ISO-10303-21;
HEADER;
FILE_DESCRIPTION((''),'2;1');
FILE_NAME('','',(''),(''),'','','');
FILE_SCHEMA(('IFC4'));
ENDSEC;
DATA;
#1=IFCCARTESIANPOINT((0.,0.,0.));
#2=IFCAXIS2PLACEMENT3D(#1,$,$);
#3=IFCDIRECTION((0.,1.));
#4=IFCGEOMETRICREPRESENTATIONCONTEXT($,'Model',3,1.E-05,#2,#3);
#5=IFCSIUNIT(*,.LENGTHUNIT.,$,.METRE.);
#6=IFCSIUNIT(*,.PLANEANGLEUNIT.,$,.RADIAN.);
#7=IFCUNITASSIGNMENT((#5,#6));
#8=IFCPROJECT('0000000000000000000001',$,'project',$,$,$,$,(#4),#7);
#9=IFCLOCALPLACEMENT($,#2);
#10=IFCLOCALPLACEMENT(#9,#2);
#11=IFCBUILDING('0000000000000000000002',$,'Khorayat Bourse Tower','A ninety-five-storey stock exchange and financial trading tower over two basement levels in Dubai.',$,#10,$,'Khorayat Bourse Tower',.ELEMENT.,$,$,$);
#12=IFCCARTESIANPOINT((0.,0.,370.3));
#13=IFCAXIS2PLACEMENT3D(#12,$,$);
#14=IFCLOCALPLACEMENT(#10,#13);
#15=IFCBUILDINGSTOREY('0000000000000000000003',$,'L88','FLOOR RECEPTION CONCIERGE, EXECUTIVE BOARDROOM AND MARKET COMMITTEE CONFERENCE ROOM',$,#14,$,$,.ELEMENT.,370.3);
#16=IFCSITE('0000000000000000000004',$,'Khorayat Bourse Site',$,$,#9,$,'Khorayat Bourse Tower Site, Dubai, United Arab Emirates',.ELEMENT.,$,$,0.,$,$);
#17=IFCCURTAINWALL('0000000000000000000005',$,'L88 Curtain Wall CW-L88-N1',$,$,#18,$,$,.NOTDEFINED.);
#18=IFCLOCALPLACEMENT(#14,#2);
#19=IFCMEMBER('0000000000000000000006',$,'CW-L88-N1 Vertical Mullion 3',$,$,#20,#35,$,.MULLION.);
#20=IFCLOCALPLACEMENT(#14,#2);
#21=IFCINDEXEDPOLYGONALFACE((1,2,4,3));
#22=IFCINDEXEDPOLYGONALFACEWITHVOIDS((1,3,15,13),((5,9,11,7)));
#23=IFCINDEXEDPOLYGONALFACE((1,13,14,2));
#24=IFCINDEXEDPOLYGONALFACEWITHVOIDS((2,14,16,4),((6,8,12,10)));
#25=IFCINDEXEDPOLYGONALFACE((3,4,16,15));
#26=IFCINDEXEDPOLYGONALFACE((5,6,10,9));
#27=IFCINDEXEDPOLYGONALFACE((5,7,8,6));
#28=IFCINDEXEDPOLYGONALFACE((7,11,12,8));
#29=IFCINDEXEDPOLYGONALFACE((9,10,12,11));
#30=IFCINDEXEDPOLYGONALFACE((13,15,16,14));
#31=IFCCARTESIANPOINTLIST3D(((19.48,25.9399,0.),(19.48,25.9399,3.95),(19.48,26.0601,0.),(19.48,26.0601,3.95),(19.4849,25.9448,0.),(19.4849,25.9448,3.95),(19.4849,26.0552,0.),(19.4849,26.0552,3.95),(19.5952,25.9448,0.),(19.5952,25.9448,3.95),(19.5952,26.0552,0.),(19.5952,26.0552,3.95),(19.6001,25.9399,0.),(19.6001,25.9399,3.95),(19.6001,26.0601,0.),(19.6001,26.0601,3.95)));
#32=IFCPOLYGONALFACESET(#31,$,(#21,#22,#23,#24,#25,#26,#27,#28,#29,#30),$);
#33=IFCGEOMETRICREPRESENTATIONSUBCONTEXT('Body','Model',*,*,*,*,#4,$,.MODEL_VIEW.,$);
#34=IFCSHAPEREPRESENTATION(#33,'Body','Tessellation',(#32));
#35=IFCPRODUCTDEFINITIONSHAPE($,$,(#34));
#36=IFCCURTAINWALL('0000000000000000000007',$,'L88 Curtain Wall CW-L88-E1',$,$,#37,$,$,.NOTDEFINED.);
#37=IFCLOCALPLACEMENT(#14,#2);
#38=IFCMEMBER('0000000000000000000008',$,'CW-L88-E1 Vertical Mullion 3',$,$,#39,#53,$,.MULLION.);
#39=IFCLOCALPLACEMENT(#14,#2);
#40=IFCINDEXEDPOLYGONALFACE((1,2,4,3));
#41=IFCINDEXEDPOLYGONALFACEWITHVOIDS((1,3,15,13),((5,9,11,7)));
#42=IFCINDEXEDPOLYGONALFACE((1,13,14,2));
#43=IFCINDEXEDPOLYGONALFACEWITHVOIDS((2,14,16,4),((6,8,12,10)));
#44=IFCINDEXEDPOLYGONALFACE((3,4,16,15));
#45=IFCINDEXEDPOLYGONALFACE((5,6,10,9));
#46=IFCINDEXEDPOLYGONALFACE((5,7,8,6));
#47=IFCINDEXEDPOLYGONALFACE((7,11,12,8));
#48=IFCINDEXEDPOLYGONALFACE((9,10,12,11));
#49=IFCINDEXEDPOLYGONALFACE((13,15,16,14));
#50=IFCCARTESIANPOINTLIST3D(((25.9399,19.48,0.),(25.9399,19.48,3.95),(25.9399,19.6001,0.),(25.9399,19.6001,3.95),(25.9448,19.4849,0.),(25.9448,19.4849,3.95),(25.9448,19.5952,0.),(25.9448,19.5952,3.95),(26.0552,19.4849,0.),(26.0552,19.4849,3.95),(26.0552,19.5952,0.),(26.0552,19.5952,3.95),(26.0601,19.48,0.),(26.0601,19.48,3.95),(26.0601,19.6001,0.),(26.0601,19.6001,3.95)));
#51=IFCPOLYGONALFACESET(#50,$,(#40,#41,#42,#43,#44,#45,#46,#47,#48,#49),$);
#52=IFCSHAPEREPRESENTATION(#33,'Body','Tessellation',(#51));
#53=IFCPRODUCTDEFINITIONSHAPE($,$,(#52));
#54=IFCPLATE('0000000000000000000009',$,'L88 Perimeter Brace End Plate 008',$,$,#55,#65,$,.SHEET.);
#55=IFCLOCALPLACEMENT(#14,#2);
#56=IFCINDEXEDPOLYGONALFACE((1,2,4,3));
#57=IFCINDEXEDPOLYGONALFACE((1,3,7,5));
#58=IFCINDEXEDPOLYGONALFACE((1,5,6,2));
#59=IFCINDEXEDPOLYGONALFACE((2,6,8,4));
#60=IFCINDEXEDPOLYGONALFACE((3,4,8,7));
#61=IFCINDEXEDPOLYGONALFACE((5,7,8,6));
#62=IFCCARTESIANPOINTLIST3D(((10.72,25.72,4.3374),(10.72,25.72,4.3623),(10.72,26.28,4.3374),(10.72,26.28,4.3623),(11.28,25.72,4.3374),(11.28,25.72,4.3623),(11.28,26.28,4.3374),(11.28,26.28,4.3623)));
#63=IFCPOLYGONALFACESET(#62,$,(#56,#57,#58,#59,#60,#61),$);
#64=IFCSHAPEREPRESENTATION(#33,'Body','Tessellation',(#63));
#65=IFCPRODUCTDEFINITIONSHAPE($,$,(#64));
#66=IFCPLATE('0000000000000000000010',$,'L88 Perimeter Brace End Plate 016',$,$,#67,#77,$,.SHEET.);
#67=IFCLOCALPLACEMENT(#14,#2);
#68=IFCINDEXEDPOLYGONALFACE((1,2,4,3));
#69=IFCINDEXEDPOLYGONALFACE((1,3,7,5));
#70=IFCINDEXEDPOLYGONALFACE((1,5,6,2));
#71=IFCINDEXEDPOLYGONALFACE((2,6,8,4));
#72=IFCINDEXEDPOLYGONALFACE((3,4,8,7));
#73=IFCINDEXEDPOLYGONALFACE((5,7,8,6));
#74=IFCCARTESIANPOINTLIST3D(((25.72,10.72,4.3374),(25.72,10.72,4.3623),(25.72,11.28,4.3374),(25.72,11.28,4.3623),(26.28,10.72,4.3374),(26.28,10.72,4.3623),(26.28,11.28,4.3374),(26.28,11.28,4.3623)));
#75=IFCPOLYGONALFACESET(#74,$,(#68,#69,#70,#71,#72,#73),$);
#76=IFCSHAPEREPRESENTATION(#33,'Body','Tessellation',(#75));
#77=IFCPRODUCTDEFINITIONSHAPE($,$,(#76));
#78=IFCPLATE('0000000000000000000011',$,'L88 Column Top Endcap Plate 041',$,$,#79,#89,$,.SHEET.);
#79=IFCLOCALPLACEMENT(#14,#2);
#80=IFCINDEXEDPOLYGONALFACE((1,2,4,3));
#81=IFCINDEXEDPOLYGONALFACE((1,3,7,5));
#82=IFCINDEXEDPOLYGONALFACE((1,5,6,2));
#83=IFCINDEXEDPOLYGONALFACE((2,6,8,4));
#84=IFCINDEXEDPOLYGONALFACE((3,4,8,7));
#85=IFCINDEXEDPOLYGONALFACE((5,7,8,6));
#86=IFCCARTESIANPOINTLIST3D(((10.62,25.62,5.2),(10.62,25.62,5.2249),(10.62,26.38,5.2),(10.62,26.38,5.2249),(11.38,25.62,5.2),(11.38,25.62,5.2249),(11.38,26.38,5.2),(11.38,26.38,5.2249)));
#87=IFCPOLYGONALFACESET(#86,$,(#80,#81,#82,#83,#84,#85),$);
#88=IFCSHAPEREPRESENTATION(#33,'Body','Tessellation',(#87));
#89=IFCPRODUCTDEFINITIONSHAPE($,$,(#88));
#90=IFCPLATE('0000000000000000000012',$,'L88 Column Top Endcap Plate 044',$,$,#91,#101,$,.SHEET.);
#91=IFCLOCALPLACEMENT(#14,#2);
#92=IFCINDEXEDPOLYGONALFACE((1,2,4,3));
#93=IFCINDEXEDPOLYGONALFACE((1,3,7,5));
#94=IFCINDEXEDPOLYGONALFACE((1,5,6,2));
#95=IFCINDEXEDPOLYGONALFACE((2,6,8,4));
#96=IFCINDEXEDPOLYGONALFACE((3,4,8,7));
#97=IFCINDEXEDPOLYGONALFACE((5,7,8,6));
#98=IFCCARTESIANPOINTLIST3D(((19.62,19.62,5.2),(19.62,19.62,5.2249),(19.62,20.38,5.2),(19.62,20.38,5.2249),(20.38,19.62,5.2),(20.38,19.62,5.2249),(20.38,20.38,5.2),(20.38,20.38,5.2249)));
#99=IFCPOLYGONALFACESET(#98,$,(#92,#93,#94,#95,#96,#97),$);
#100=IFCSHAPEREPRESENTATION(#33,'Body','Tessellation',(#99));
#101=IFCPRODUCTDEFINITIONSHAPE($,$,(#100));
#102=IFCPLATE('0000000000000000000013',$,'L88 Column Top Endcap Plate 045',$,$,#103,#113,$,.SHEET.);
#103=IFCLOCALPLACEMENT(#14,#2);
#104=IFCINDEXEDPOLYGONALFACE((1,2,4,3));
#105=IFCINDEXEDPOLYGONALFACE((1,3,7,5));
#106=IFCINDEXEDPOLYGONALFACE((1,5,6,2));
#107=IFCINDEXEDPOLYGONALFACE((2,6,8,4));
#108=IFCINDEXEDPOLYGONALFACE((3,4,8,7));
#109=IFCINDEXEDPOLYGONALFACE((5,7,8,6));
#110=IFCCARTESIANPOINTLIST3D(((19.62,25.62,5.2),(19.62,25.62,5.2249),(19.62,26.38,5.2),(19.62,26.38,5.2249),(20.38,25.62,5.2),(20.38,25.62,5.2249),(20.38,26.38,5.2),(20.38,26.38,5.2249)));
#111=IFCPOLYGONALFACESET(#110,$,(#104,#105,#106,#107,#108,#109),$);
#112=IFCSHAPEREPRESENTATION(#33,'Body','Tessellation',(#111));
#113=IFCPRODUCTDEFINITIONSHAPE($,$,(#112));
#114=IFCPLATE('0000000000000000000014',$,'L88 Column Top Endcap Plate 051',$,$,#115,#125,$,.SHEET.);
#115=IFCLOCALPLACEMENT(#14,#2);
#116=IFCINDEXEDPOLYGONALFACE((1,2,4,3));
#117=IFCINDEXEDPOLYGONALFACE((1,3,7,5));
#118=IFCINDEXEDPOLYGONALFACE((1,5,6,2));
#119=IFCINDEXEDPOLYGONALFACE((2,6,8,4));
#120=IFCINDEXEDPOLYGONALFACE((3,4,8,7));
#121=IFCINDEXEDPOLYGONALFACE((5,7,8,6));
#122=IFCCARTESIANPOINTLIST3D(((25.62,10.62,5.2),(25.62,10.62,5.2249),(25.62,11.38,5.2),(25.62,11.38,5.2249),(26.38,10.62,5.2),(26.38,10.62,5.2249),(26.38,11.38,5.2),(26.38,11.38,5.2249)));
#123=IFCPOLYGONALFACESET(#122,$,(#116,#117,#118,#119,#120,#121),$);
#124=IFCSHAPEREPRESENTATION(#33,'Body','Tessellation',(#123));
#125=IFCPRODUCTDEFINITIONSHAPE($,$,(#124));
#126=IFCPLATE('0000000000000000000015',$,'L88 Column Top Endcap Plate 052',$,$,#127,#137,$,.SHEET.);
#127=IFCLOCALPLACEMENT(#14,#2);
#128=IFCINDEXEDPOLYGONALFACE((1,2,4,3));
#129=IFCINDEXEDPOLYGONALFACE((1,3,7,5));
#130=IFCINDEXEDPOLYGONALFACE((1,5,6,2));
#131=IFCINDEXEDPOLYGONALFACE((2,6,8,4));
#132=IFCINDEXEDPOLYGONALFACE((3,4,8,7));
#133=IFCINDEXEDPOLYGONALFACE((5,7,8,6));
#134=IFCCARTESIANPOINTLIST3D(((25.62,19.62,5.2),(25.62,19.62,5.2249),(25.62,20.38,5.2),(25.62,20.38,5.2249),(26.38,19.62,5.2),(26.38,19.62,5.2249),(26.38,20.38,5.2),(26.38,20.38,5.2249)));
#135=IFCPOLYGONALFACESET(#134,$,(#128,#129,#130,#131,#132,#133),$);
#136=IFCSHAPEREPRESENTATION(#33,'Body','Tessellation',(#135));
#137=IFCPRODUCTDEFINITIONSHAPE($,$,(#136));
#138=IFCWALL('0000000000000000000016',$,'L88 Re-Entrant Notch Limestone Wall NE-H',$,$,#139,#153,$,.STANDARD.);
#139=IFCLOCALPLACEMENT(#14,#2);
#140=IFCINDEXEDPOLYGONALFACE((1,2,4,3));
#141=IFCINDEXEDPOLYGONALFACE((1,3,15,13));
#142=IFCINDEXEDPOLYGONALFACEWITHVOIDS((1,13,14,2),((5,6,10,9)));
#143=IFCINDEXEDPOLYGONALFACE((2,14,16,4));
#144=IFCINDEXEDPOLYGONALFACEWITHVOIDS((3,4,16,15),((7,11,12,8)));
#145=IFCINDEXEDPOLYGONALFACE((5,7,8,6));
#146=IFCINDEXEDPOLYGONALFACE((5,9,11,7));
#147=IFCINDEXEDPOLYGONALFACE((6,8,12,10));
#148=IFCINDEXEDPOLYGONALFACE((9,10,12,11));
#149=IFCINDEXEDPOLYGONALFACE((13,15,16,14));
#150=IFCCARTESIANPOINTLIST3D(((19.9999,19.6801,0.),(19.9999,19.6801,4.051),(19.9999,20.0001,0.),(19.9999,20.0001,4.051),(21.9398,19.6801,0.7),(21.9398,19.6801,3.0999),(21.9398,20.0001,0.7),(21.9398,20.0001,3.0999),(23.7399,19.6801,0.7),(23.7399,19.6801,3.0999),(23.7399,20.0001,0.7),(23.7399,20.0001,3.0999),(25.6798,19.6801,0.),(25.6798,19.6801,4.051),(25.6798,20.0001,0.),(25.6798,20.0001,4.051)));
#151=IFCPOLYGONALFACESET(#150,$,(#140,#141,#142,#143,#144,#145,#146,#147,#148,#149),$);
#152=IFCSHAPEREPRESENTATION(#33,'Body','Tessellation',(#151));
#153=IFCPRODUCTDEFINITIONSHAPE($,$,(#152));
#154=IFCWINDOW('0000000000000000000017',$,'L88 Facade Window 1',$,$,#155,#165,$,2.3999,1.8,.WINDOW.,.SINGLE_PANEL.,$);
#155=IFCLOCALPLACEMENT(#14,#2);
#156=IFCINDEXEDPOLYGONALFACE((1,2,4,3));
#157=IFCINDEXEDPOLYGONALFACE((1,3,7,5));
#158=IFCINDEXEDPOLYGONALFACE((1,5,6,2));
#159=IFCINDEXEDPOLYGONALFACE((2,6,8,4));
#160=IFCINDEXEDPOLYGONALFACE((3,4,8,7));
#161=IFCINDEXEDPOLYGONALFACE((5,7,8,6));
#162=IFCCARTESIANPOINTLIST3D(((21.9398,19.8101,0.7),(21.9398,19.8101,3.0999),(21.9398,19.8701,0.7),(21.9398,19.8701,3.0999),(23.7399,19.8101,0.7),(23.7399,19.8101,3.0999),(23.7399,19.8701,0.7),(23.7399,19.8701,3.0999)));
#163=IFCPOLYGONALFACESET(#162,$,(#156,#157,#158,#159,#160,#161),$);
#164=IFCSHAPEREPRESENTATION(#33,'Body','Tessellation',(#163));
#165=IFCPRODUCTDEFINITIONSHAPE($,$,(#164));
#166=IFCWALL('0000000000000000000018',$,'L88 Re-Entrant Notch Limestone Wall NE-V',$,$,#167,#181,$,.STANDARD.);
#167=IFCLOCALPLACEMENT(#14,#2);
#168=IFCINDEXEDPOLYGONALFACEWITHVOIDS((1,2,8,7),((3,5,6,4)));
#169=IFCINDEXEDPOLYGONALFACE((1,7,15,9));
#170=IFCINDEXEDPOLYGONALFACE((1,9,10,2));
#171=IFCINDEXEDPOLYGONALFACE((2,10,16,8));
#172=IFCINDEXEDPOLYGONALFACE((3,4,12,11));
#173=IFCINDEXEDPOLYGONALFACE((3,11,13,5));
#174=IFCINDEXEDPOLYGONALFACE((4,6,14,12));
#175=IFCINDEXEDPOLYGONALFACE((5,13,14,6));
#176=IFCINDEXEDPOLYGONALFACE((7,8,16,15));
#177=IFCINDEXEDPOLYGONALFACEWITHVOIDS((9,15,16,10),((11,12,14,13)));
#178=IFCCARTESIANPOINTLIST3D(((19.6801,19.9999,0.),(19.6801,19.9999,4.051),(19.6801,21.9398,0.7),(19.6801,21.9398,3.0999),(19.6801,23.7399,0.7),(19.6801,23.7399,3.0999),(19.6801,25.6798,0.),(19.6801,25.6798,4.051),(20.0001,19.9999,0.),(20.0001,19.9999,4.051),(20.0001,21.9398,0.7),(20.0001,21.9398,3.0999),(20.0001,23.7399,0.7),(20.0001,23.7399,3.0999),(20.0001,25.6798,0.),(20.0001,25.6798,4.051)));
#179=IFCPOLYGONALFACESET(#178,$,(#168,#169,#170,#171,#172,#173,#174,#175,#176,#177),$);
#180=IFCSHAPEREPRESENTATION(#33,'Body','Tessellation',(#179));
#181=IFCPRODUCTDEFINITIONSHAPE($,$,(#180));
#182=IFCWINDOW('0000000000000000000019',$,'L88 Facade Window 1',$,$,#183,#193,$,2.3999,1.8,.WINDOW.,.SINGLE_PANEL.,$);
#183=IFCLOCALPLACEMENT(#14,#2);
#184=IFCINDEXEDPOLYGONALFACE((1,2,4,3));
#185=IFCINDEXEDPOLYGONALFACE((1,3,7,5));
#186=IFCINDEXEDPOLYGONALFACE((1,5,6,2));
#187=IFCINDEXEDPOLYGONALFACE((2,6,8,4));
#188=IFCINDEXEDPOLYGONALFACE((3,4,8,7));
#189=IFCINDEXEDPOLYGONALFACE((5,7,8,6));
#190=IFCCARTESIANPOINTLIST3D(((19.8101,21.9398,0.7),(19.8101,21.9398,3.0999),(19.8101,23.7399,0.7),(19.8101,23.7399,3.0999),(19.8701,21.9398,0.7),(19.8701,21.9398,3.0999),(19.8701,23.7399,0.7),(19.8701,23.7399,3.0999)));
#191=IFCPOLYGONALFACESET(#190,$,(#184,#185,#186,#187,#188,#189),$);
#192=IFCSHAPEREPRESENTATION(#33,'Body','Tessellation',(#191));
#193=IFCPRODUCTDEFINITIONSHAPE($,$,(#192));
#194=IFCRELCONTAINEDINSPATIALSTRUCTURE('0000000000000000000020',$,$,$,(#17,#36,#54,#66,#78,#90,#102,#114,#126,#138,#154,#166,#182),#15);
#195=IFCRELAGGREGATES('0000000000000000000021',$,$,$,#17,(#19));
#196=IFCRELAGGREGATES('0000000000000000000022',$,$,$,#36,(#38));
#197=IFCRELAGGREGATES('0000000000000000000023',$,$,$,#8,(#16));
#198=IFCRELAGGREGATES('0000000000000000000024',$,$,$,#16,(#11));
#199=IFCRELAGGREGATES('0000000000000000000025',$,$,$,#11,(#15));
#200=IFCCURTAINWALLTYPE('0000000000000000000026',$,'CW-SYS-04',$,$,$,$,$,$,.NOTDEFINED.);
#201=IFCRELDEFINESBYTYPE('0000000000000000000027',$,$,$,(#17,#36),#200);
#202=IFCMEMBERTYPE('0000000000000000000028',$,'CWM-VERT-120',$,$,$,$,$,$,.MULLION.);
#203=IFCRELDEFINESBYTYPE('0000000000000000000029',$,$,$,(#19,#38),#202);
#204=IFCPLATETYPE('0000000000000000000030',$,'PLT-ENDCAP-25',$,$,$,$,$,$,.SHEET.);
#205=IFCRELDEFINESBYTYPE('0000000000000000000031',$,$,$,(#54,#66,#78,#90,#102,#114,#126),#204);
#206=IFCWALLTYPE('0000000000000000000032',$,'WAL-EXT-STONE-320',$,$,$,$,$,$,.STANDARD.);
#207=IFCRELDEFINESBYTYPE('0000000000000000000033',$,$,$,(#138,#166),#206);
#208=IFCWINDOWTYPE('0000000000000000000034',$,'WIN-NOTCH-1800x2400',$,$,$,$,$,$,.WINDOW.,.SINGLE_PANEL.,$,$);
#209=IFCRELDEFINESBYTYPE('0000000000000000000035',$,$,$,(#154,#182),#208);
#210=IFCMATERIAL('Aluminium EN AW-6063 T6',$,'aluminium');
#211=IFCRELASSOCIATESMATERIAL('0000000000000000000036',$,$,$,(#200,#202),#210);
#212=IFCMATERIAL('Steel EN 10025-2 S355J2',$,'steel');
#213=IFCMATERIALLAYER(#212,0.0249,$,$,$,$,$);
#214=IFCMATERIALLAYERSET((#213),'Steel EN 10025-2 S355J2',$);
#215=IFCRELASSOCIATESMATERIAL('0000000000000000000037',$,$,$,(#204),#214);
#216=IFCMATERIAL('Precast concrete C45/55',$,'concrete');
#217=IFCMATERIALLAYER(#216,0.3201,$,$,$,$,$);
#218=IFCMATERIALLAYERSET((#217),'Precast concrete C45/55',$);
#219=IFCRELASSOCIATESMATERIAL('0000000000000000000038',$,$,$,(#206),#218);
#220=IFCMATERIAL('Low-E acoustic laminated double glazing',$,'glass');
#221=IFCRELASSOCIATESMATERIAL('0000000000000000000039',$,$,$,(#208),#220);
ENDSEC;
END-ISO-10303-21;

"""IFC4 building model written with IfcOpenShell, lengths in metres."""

from ifc_helpers import new_model, si_unit, direction, frame, frame_2d, origin, origin_2d, place, context, subcontext, project, spatial, rectangle, hollow_rectangle, extrude, source, transform, mapped, material, layer, layer_set, material_profile, profile_set, type_object, element, fill, aggregate, save


model = new_model("IFC4")

# Units and contexts
model_context = context("Model", 3, precision=1e-05, world=origin(), true_north=direction((0.0, 1.0)))
body_context = subcontext(model_context, "Body", "Model", "MODEL_VIEW")
ifc_project = project(units=[si_unit("LENGTHUNIT", "METRE"), si_unit("PLANEANGLEUNIT", "RADIAN")], contexts=[model_context])

# Site, building, storey
site_placement = place(None, origin())
site = spatial("IfcSite", under=ifc_project, at=site_placement, Name="Khorayat Bourse Site", LongName="Khorayat Bourse Tower Site, Dubai, United Arab Emirates", CompositionType="ELEMENT", RefElevation=0.0)
building_placement = place(site_placement, origin())
building = spatial("IfcBuilding", under=site, at=building_placement, Name="Khorayat Bourse Tower", Description="A ninety-five-storey stock exchange and financial trading tower over two basement levels in Dubai.", LongName="Khorayat Bourse Tower", CompositionType="ELEMENT")
storey_placement = place(building_placement, frame((0.0, 0.0, 370.3)))
storey = spatial("IfcBuildingStorey", under=building, at=storey_placement, Name="L88", Description="FLOOR RECEPTION CONCIERGE, EXECUTIVE BOARDROOM AND MARKET COMMITTEE CONFERENCE ROOM", CompositionType="ELEMENT", Elevation=370.3)

# Shared definitions
ifc_material_1 = material(Name="Steel EN 10025-2 S355J2", Category="steel")

# Curtain walls, members
ifc_material_2 = material(Name="Aluminium EN AW-6063 T6", Category="aluminium")
curtain_wall_type = type_object("IfcCurtainWallType", Name="CW-SYS-04", PredefinedType="NOTDEFINED", material=ifc_material_2)
curtain_wall_1_placement = place(storey_placement, origin())
curtain_wall_1 = element("IfcCurtainWall", 1, at=curtain_wall_1_placement, inside=storey, type_object=curtain_wall_type, Name="L88 Curtain Wall CW-L88-N1", PredefinedType="NOTDEFINED")
ifc_material_profile_1 = material_profile(ifc_material_2, hollow_rectangle(XDim=0.1201, YDim=0.1201, WallThickness=0.0049, at=origin_2d()), Name="ALU 120x120x5")
ifc_profile_set_1 = profile_set([ifc_material_profile_1], Name="Aluminium EN AW-6063 T6")
member_type = type_object("IfcMemberType", Name="CWM-VERT-120", PredefinedType="MULLION", material=ifc_profile_set_1)
shared_shape_1 = source(origin(), body_context, "Body", "SweptSolid", [
    extrude(hollow_rectangle(XDim=0.1201, YDim=0.1201, WallThickness=0.0049, at=origin_2d()), origin(), (0.0, 0.0, 1.0), 3.95),
])
member_1_placement = place(storey_placement, frame((19.54, 26.0, 0.0), z_axis=(0.0, 0.0, 1.0), x_axis=(0.0, 1.0, 0.0)))
member_1 = element("IfcMember", 2, at=member_1_placement, type_object=member_type, Name="CW-L88-N1 Vertical Mullion 3", PredefinedType="MULLION", context=body_context, shape_type="MappedRepresentation", body=[
    mapped(shared_shape_1, transform((0.0, 0.0, 0.0), scale=1.0)),
])
aggregate(curtain_wall_1, [member_1])
curtain_wall_2_placement = place(storey_placement, origin())
curtain_wall_2 = element("IfcCurtainWall", 3, at=curtain_wall_2_placement, inside=storey, type_object=curtain_wall_type, Name="L88 Curtain Wall CW-L88-E1", PredefinedType="NOTDEFINED")
member_2_placement = place(storey_placement, frame((26.0, 19.54, 0.0), z_axis=(0.0, 0.0, 1.0), x_axis=(-1.0, 0.0, 0.0)))
member_2 = element("IfcMember", 4, at=member_2_placement, type_object=member_type, Name="CW-L88-E1 Vertical Mullion 3", PredefinedType="MULLION", context=body_context, shape_type="MappedRepresentation", body=[
    mapped(shared_shape_1, transform((0.0, 0.0, 0.0), scale=1.0)),
])
aggregate(curtain_wall_2, [member_2])

# Plates
ifc_layer_1 = layer(ifc_material_1, 0.0249)
ifc_layer_set_1 = layer_set([ifc_layer_1], Name="Steel EN 10025-2 S355J2")
plate_type = type_object("IfcPlateType", Name="PLT-ENDCAP-25", PredefinedType="SHEET", material=ifc_layer_set_1)
shared_shape_2 = source(origin(), body_context, "Body", "SweptSolid", [
    extrude(rectangle(XDim=0.5601, YDim=0.5601, at=origin_2d()), origin(), (0.0, 0.0, 1.0), 0.0249),
])
for number, where, z_axis, x_axis, name in (
    (5, (11.0, 26.0, 4.3374), (0.0, 0.0, 1.0), (1.0, 0.0, 0.0), "L88 Perimeter Brace End Plate 008"),
    (6, (26.0, 11.0, 4.3374), (0.0, 0.0, 1.0), (1.0, 0.0, 0.0), "L88 Perimeter Brace End Plate 016"),
):
    element("IfcPlate", number, at=place(storey_placement, frame(where, z_axis=z_axis, x_axis=x_axis)), inside=storey, type_object=plate_type, Name=name, PredefinedType="SHEET", context=body_context, shape_type="MappedRepresentation", body=[
        mapped(shared_shape_2, transform((0.0, 0.0, 0.0), scale=1.0)),
    ])
shared_shape_3 = source(origin(), body_context, "Body", "SweptSolid", [
    extrude(rectangle(XDim=0.76, YDim=0.76, at=origin_2d()), origin(), (0.0, 0.0, 1.0), 0.0249),
])
for number, where, z_axis, x_axis, name in (
    (7, (11.0, 26.0, 5.2), (0.0, 0.0, 1.0), (1.0, 0.0, 0.0), "L88 Column Top Endcap Plate 041"),
    (8, (20.0, 20.0, 5.2), (0.0, 0.0, 1.0), (1.0, 0.0, 0.0), "L88 Column Top Endcap Plate 044"),
    (9, (20.0, 26.0, 5.2), (0.0, 0.0, 1.0), (1.0, 0.0, 0.0), "L88 Column Top Endcap Plate 045"),
    (10, (26.0, 11.0, 5.2), (0.0, 0.0, 1.0), (1.0, 0.0, 0.0), "L88 Column Top Endcap Plate 051"),
    (11, (26.0, 20.0, 5.2), (0.0, 0.0, 1.0), (1.0, 0.0, 0.0), "L88 Column Top Endcap Plate 052"),
):
    element("IfcPlate", number, at=place(storey_placement, frame(where, z_axis=z_axis, x_axis=x_axis)), inside=storey, type_object=plate_type, Name=name, PredefinedType="SHEET", context=body_context, shape_type="MappedRepresentation", body=[
        mapped(shared_shape_3, transform((0.0, 0.0, 0.0), scale=1.0)),
    ])

# Walls, openings, windows
ifc_material_3 = material(Name="Precast concrete C45/55", Category="concrete")
ifc_layer_2 = layer(ifc_material_3, 0.3201)
ifc_layer_set_2 = layer_set([ifc_layer_2], Name="Precast concrete C45/55")
wall_type_1 = type_object("IfcWallType", Name="WAL-EXT-STONE-320", PredefinedType="STANDARD", material=ifc_layer_set_2)
shared_shape_4 = source(origin(), body_context, "Body", "SweptSolid", [
    extrude(rectangle(XDim=5.6799, YDim=0.3201, at=frame_2d((2.8398, 0.0))), origin(), (0.0, 0.0, 1.0), 4.051),
])
wall_1_placement = place(storey_placement, frame((20.0, 19.8401, 0.0), z_axis=(0.0, 0.0, 1.0), x_axis=(1.0, 0.0, 0.0)))
wall_1 = element("IfcWall", 12, at=wall_1_placement, inside=storey, type_object=wall_type_1, Name="L88 Re-Entrant Notch Limestone Wall NE-H", PredefinedType="STANDARD", context=body_context, shape_type="MappedRepresentation", body=[
    mapped(shared_shape_4, transform((0.0, 0.0, 0.0), scale=1.0)),
])
shared_shape_5 = source(origin(), body_context, "Body", "SweptSolid", [
    extrude(rectangle(XDim=1.8, YDim=2.3999, at=frame_2d((0.8999, 1.2))), frame((0.0, 0.1699, 0.0), z_axis=(0.0, -1.0, 0.0), x_axis=(1.0, 0.0, 0.0)), (0.0, 0.0, 1.0), 0.3401),
])
opening_1_placement = place(wall_1_placement, frame((1.9399, 0.0, 0.7)))
opening_1 = element("IfcOpeningElement", 13, at=opening_1_placement, cuts=wall_1, PredefinedType="OPENING", context=body_context, shape_type="MappedRepresentation", body=[
    mapped(shared_shape_5, transform((0.0, 0.0, 0.0), scale=1.0)),
])
ifc_material_4 = material(Name="Low-E acoustic laminated double glazing", Category="glass")
window_type = type_object("IfcWindowType", Name="WIN-NOTCH-1800x2400", PartitioningType="SINGLE_PANEL", PredefinedType="WINDOW", material=ifc_material_4)
shared_shape_6 = source(origin(), body_context, "Body", "SweptSolid", [
    extrude(rectangle(XDim=1.8, YDim=2.3999, at=frame_2d((0.8999, 1.2))), frame((0.0, 0.03, 0.0), z_axis=(0.0, -1.0, 0.0), x_axis=(1.0, 0.0, 0.0)), (0.0, 0.0, 1.0), 0.0601),
])
window_1_placement = place(opening_1_placement, origin())
window_1 = element("IfcWindow", 14, at=window_1_placement, inside=storey, type_object=window_type, Name="L88 Facade Window 1", OverallHeight=2.3999, OverallWidth=1.8, PartitioningType="SINGLE_PANEL", PredefinedType="WINDOW", context=body_context, shape_type="MappedRepresentation", body=[
    mapped(shared_shape_6, transform((0.0, 0.0, 0.0), scale=1.0)),
])
fill(opening_1, window_1)
wall_2_placement = place(storey_placement, frame((19.8401, 20.0, 0.0), z_axis=(0.0, 0.0, 1.0), x_axis=(0.0, 1.0, 0.0)))
wall_2 = element("IfcWall", 15, at=wall_2_placement, inside=storey, type_object=wall_type_1, Name="L88 Re-Entrant Notch Limestone Wall NE-V", PredefinedType="STANDARD", context=body_context, shape_type="MappedRepresentation", body=[
    mapped(shared_shape_4, transform((0.0, 0.0, 0.0), scale=1.0)),
])
opening_2_placement = place(wall_2_placement, frame((1.9399, 0.0, 0.7)))
opening_2 = element("IfcOpeningElement", 16, at=opening_2_placement, cuts=wall_2, PredefinedType="OPENING", context=body_context, shape_type="MappedRepresentation", body=[
    mapped(shared_shape_5, transform((0.0, 0.0, 0.0), scale=1.0)),
])
window_2_placement = place(opening_2_placement, origin())
window_2 = element("IfcWindow", 17, at=window_2_placement, inside=storey, type_object=window_type, Name="L88 Facade Window 1", OverallHeight=2.3999, OverallWidth=1.8, PartitioningType="SINGLE_PANEL", PredefinedType="WINDOW", context=body_context, shape_type="MappedRepresentation", body=[
    mapped(shared_shape_6, transform((0.0, 0.0, 0.0), scale=1.0)),
])
fill(opening_2, window_2)

save(model, "model.ifc")
